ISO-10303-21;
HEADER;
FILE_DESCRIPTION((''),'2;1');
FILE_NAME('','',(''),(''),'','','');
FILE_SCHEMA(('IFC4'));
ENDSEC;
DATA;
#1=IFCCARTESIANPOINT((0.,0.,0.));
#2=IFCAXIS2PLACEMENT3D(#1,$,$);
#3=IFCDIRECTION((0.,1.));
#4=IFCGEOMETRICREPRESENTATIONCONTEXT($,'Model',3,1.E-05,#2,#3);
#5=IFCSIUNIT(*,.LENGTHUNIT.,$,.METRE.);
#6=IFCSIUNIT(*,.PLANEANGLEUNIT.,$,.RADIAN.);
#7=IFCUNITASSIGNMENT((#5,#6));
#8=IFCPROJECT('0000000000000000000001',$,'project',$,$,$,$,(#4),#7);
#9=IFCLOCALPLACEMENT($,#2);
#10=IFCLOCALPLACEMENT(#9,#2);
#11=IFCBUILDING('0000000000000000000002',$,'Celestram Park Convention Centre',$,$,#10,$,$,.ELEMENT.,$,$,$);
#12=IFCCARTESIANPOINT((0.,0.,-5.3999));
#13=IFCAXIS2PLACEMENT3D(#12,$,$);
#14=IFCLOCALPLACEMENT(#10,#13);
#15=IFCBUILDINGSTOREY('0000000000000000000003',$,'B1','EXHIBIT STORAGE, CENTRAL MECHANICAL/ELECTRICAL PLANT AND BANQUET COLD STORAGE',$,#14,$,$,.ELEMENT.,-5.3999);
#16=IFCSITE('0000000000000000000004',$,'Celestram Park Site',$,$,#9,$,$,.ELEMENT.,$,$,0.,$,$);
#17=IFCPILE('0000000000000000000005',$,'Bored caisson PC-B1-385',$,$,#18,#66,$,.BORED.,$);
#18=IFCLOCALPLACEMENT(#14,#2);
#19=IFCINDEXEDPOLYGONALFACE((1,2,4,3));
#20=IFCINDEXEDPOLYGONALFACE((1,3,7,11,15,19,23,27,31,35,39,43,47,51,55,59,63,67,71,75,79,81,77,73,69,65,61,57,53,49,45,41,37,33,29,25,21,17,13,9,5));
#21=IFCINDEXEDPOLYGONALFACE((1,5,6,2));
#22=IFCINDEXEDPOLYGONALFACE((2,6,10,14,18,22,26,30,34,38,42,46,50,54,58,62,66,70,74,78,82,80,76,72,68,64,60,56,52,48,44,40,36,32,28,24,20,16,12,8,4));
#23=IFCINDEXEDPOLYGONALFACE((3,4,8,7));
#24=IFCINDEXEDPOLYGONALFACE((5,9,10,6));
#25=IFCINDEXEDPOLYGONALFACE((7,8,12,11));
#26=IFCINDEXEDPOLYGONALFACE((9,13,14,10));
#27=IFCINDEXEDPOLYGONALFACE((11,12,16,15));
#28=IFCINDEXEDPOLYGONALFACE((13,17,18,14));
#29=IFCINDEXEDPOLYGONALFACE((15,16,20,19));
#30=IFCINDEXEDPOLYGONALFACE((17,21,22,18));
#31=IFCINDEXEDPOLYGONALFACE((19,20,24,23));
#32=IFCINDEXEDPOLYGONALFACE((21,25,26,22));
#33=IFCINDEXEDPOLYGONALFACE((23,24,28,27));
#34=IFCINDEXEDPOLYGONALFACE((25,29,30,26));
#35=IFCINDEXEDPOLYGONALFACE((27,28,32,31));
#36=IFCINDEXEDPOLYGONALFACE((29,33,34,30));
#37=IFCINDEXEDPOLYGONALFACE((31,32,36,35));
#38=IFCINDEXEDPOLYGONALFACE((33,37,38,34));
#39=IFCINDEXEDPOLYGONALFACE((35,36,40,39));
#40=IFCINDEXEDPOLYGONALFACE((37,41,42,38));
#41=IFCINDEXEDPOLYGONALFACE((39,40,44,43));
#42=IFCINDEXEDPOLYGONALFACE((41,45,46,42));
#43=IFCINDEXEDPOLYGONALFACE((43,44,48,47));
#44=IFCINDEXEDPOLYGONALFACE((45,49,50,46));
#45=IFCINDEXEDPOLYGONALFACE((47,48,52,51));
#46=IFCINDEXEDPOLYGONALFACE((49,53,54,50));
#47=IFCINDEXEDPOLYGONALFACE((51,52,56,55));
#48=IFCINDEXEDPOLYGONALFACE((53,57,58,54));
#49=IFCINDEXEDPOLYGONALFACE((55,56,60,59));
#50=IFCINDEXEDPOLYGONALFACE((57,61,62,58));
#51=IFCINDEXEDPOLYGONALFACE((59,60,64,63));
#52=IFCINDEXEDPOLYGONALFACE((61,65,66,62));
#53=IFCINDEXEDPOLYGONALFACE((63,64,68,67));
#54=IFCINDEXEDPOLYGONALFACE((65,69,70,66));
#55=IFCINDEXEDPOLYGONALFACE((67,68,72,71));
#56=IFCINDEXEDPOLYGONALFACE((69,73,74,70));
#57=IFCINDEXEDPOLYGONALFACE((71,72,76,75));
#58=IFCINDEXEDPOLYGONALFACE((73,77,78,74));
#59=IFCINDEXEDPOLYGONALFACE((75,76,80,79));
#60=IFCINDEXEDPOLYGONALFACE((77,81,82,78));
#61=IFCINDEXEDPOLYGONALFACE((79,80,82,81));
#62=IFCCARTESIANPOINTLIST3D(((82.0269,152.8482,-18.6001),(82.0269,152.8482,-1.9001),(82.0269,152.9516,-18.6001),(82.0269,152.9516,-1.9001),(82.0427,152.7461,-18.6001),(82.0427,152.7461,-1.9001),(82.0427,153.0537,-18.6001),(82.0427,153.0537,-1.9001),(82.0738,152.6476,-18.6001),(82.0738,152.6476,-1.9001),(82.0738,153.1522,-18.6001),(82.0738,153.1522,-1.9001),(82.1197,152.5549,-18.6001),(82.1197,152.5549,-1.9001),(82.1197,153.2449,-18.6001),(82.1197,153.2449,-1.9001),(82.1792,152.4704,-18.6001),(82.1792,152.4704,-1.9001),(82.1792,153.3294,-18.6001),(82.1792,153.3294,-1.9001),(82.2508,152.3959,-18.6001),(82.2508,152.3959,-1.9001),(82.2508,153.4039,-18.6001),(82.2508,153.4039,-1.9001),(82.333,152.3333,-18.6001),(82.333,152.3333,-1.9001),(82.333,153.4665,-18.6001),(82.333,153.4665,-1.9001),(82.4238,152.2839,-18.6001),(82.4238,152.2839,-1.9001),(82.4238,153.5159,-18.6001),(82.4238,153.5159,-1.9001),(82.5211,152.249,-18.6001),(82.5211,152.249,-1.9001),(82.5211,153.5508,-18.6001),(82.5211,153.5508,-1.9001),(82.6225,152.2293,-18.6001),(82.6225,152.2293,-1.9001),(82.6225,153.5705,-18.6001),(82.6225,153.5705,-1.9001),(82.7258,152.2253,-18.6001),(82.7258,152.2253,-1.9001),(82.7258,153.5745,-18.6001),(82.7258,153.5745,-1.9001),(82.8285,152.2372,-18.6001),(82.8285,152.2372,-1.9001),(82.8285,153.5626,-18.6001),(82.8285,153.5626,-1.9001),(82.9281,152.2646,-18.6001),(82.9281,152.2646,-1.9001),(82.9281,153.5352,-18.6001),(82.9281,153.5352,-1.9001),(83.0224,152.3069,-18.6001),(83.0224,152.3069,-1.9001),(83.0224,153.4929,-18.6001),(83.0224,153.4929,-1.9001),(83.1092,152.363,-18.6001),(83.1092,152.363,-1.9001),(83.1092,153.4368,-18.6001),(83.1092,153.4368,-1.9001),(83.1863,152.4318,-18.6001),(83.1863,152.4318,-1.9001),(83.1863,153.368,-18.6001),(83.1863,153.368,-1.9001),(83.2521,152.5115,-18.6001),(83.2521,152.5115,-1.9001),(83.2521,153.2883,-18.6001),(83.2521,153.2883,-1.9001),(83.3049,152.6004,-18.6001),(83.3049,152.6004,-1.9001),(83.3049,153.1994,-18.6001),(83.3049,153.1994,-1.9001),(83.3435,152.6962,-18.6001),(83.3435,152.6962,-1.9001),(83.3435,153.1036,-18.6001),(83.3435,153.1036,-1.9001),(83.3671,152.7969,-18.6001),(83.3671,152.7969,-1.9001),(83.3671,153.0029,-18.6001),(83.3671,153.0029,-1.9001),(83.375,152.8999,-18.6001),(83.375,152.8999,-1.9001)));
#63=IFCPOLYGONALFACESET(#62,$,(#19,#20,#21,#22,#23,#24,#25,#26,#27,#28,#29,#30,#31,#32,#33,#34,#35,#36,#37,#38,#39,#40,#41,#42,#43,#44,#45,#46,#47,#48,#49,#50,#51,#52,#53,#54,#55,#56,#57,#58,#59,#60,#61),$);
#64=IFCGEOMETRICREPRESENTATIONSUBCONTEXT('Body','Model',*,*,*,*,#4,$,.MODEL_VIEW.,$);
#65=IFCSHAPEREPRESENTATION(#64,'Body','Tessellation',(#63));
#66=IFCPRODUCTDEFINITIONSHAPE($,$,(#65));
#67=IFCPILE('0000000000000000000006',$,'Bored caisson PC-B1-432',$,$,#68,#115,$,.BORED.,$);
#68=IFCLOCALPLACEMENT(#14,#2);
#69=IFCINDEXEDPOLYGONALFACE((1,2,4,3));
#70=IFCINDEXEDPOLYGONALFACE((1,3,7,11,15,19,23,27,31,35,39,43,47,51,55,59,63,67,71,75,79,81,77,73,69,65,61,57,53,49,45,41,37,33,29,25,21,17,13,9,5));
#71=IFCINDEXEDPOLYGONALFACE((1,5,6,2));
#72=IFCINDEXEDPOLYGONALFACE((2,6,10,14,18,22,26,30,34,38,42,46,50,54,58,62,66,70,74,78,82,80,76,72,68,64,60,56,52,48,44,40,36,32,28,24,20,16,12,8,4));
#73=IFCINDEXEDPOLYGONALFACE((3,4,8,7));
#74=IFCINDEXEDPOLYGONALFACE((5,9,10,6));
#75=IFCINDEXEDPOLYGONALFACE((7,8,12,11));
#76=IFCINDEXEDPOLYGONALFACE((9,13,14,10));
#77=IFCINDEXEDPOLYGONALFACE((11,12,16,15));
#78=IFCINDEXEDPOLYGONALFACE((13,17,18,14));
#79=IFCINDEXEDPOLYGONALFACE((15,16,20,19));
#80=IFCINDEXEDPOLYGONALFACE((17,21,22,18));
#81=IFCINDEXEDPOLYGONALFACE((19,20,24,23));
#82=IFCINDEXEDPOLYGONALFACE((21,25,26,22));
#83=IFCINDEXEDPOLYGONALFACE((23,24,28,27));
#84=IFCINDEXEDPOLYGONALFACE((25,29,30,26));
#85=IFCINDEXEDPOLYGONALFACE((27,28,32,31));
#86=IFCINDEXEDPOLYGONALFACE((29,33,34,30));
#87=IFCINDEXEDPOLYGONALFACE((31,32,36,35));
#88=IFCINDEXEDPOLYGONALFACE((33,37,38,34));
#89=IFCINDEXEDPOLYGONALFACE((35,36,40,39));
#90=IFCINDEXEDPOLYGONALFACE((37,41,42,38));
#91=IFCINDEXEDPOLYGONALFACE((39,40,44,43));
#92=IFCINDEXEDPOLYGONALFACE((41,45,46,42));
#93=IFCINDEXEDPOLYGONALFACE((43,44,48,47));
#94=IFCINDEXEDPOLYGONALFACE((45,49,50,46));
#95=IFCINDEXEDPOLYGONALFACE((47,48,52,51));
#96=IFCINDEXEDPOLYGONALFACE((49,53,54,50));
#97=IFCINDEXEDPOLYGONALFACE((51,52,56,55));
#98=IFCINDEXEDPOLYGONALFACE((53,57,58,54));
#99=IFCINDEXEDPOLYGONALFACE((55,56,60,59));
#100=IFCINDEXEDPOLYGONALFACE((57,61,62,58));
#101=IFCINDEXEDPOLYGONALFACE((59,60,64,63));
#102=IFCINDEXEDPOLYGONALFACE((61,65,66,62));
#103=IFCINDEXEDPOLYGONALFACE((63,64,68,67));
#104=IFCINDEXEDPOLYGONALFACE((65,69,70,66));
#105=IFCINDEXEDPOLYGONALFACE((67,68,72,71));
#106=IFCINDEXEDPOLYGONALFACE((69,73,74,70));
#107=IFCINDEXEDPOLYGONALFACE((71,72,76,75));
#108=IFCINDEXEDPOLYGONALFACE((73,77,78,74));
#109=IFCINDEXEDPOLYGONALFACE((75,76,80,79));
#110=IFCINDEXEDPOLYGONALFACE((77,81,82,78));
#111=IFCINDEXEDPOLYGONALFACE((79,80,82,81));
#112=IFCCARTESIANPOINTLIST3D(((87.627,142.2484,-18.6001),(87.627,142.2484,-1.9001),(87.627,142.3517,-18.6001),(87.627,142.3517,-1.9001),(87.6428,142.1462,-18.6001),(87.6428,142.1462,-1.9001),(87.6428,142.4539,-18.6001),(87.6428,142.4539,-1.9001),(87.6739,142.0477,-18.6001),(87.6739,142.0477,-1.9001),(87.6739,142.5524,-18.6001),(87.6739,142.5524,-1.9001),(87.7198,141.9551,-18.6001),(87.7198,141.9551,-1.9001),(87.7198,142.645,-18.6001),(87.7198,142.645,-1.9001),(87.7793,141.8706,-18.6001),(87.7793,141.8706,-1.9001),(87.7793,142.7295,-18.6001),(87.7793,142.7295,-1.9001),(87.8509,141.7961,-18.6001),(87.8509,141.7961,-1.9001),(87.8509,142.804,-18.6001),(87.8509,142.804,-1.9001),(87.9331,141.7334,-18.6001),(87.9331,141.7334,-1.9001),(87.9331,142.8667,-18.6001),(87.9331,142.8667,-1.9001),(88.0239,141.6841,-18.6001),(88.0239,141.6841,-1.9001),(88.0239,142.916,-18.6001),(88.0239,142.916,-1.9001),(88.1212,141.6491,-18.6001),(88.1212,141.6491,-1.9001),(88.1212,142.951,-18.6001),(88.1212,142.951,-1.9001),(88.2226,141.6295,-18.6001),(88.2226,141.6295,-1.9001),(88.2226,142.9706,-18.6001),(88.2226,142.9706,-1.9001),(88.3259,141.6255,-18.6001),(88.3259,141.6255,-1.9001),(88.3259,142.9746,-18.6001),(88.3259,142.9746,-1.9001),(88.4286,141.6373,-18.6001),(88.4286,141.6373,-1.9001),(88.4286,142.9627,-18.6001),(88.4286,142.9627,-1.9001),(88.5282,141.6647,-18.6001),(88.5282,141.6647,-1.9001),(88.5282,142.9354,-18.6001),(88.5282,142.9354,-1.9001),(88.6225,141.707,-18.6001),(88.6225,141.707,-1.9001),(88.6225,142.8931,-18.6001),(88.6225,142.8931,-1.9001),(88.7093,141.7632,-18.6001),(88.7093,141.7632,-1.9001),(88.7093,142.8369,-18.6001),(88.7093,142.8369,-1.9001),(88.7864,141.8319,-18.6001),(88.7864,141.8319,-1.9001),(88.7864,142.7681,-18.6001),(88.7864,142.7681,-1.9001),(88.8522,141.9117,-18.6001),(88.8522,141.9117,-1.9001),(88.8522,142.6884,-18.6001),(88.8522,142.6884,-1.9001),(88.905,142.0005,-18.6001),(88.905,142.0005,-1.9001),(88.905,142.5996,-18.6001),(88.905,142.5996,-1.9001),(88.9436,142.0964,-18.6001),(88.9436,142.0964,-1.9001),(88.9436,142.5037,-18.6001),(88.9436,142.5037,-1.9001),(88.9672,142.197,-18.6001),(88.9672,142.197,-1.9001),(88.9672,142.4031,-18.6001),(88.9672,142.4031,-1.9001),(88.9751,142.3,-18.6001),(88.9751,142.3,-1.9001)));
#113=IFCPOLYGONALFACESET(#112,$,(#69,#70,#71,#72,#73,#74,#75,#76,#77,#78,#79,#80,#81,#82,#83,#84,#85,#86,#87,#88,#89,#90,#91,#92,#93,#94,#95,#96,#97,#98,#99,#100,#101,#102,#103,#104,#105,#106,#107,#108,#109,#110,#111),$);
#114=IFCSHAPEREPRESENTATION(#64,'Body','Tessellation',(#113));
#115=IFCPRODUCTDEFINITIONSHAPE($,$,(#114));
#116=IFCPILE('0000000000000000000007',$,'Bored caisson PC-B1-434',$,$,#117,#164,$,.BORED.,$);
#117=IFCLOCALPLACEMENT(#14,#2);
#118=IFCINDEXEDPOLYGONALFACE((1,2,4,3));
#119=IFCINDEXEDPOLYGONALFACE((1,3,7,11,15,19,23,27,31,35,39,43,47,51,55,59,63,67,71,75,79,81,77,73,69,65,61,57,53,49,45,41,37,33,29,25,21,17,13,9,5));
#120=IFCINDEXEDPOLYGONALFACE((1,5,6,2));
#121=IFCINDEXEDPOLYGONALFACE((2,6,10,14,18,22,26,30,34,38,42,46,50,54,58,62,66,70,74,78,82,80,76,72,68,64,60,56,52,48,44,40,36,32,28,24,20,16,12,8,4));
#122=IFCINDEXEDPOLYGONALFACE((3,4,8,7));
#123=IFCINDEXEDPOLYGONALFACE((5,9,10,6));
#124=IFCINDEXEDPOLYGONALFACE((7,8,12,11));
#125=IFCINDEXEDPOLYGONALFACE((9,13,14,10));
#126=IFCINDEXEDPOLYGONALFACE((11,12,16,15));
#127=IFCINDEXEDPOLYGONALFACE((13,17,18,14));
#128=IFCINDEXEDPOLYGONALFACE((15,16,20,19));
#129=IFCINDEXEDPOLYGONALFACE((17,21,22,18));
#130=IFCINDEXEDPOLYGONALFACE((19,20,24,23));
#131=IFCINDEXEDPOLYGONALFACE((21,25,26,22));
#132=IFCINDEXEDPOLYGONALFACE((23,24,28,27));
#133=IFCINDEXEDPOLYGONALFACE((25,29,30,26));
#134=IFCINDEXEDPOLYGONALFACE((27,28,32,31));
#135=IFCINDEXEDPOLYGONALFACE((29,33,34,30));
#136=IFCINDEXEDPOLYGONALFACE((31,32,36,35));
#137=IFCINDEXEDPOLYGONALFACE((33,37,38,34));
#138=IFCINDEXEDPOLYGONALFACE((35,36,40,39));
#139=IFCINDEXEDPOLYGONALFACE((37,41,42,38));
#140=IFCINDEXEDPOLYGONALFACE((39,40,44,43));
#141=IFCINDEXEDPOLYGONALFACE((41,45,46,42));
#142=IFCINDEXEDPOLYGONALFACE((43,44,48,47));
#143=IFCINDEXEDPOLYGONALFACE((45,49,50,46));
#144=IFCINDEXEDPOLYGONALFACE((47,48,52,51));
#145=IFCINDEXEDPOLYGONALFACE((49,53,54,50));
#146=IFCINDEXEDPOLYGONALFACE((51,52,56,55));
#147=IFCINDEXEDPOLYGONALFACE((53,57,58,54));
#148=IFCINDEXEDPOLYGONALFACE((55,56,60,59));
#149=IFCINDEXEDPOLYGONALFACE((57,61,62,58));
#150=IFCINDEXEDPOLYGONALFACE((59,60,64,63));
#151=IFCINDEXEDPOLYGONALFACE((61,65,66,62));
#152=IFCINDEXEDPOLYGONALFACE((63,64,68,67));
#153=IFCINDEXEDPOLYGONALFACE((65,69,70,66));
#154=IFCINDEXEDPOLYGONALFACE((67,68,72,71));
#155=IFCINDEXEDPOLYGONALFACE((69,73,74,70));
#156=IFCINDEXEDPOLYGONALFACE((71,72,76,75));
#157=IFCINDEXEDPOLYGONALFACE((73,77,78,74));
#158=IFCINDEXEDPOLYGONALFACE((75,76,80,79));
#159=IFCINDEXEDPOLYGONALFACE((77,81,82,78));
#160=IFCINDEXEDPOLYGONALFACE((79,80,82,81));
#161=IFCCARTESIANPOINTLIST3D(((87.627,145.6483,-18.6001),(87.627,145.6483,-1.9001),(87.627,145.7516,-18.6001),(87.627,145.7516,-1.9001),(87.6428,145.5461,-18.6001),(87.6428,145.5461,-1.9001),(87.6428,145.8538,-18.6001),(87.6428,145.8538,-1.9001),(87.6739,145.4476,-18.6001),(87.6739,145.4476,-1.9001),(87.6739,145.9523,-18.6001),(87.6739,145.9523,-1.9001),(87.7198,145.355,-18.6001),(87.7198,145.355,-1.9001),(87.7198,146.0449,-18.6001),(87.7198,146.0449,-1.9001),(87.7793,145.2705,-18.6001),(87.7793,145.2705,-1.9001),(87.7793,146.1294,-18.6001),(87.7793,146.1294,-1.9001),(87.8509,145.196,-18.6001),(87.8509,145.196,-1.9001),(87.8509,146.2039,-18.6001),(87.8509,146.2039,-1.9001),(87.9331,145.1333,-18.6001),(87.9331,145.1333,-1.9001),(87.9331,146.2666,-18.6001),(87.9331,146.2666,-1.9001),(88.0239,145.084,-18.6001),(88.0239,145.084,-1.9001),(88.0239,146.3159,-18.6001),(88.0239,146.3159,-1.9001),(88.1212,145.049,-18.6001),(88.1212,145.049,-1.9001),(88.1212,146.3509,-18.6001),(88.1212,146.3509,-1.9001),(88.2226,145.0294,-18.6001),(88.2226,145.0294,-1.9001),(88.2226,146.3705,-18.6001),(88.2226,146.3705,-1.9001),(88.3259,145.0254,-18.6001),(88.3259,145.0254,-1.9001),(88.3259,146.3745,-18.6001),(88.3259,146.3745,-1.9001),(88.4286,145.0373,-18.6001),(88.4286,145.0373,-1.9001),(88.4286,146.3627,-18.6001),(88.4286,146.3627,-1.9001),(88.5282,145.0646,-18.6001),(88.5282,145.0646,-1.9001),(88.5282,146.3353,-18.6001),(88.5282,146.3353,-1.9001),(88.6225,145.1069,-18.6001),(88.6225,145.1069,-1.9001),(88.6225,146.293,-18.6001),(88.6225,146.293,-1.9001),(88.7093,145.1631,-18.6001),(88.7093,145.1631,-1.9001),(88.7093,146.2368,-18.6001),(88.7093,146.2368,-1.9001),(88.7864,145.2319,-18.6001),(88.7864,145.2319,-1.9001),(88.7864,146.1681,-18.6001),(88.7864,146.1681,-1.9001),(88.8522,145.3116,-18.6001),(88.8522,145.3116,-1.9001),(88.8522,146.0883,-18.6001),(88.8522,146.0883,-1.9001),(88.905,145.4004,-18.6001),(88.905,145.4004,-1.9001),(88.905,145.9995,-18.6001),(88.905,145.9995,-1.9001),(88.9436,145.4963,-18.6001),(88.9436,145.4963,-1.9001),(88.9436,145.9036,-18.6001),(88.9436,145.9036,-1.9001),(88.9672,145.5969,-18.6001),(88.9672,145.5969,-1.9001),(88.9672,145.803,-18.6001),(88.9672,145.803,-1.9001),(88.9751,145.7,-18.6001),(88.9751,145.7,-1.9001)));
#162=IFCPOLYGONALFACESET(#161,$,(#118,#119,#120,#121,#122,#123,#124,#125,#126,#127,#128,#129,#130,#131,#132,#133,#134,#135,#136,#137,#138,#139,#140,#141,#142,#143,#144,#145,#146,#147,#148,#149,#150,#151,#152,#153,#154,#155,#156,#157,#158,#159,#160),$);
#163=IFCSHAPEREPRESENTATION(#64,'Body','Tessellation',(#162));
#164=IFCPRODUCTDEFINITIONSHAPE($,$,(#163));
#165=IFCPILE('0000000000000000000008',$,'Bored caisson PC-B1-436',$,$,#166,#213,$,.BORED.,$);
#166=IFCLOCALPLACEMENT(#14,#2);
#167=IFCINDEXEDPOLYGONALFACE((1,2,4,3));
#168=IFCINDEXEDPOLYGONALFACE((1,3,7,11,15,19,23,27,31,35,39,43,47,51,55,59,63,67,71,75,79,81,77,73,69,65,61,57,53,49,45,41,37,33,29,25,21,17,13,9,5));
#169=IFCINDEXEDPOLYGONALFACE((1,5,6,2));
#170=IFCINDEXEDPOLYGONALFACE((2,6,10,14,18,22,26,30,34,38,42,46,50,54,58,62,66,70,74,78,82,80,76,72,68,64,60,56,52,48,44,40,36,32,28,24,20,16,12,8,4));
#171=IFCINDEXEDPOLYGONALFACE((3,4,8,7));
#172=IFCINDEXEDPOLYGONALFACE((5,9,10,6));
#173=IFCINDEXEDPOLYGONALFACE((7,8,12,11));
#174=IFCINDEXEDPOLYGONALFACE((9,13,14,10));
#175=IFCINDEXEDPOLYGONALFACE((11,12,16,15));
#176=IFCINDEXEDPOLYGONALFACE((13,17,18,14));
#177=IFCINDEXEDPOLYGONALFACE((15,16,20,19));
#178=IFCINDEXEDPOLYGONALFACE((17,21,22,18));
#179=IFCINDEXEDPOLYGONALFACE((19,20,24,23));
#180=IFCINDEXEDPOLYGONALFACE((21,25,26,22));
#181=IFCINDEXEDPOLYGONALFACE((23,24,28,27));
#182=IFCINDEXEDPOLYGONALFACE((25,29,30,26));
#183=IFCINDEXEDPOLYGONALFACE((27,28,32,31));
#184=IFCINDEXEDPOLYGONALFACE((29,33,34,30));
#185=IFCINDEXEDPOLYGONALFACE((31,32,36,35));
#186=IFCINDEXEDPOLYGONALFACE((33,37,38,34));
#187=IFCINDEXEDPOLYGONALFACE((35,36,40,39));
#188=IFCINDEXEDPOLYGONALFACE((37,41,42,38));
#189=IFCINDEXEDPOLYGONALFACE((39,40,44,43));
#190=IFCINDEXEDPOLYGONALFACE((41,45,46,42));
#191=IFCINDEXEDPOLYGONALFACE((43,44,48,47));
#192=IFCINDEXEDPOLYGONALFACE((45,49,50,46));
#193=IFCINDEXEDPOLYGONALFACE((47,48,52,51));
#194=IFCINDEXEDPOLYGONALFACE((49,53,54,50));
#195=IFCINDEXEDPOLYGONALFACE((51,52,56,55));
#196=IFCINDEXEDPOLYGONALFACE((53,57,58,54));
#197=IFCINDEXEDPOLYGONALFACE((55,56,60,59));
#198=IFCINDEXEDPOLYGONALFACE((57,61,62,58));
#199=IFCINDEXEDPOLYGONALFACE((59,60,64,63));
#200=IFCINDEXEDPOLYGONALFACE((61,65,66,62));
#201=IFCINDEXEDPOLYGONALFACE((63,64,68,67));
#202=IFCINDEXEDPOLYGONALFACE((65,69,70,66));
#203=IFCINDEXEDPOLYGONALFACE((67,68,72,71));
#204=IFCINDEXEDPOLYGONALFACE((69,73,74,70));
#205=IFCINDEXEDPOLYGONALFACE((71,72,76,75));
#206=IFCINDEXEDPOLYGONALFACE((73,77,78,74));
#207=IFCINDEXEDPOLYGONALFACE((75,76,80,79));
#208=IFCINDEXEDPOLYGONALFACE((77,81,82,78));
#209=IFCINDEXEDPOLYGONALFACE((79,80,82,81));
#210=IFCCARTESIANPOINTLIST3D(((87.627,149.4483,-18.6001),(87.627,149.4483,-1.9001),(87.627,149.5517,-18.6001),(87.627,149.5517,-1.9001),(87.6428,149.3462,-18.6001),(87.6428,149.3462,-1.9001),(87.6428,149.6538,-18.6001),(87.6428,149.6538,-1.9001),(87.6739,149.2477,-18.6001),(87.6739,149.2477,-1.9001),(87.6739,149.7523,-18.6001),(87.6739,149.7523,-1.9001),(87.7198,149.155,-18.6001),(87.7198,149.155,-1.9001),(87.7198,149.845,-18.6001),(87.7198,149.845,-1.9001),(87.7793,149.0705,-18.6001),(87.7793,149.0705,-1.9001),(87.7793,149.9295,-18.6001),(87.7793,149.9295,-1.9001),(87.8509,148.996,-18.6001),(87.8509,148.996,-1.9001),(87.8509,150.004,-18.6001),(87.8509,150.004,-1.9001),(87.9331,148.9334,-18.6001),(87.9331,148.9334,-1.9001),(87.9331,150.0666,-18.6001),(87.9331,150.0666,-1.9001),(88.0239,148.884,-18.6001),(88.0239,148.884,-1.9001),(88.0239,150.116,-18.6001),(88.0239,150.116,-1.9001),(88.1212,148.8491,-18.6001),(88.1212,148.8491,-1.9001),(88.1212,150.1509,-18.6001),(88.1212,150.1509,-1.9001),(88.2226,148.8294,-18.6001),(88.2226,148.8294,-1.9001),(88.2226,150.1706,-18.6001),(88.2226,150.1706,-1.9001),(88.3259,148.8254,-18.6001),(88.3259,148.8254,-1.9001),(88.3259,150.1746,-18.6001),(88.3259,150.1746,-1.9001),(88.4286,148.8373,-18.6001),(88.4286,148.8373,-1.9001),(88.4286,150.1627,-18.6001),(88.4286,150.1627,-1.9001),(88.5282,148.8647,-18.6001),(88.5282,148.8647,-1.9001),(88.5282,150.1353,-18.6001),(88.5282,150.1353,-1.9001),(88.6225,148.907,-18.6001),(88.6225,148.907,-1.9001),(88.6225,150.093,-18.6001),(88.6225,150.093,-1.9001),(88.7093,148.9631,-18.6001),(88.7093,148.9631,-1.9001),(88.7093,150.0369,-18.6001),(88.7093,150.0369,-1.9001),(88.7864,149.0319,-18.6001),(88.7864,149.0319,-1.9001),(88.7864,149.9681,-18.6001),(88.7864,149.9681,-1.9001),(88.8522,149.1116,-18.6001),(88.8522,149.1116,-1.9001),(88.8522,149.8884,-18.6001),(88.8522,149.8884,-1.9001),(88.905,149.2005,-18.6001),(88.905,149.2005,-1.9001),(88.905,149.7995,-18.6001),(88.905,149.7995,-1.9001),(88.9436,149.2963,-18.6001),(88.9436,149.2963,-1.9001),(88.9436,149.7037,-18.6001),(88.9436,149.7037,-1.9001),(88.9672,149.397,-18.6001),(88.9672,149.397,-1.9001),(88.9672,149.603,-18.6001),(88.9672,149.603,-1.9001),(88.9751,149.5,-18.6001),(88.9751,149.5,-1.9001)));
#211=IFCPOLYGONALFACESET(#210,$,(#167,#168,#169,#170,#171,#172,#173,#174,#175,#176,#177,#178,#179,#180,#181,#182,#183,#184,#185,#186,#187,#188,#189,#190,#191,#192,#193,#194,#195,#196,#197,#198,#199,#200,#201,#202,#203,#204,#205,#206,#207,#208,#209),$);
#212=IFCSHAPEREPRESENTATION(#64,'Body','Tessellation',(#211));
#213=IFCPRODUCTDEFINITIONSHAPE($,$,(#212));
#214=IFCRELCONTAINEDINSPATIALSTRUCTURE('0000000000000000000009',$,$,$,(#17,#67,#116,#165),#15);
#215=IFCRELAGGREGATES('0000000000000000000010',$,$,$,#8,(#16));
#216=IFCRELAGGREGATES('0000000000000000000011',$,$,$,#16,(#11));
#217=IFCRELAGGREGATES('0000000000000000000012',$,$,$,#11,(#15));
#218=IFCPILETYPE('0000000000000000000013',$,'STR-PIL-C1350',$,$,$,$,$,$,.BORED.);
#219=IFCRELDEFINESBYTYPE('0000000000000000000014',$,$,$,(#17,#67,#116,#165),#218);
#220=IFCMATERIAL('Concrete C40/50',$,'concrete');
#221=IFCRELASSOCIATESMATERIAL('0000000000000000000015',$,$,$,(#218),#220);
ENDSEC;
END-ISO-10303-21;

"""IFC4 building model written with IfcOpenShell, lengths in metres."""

from ifc_helpers import new_model, si_unit, direction, frame, origin, origin_2d, place, context, subcontext, project, spatial, circle, extrude, material, material_profile, profile_set, type_object, element, save


model = new_model("IFC4")

# Units and contexts
model_context = context("Model", 3, precision=1e-05, world=origin(), true_north=direction((0.0, 1.0)))
body_context = subcontext(model_context, "Body", "Model", "MODEL_VIEW")
ifc_project = project(units=[si_unit("LENGTHUNIT", "METRE"), si_unit("PLANEANGLEUNIT", "RADIAN")], contexts=[model_context])

# Site, building, storey
site_placement = place(None, origin())
site = spatial("IfcSite", under=ifc_project, at=site_placement, Name="Celestram Park Site", CompositionType="ELEMENT", RefElevation=0.0)
building_placement = place(site_placement, origin())
building = spatial("IfcBuilding", under=site, at=building_placement, Name="Celestram Park Convention Centre", CompositionType="ELEMENT")
storey_placement = place(building_placement, frame((0.0, 0.0, -5.3999)))
storey = spatial("IfcBuildingStorey", under=building, at=storey_placement, Name="B1", Description="EXHIBIT STORAGE, CENTRAL MECHANICAL/ELECTRICAL PLANT AND BANQUET COLD STORAGE", CompositionType="ELEMENT", Elevation=-5.3999)

# Shared definitions
ifc_material_1 = material(Name="Concrete C40/50", Category="concrete")

# Piles
ifc_material_profile_1 = material_profile(ifc_material_1, circle(Radius=0.675, at=origin_2d()), Name="CAISSON1350")
ifc_profile_set_1 = profile_set([ifc_material_profile_1], Name="Concrete C40/50")
pile_type = type_object("IfcPileType", Name="STR-PIL-C1350", PredefinedType="BORED", material=ifc_profile_set_1)
for number, where, z_axis, x_axis, name in (
    (1, (82.7, 152.8999, -1.9001), (0.0, 0.0, -1.0), (1.0, 0.0, 0.0), "Bored caisson PC-B1-385"),
    (2, (88.3, 142.3, -1.9001), (0.0, 0.0, -1.0), (1.0, 0.0, 0.0), "Bored caisson PC-B1-432"),
    (3, (88.3, 145.7, -1.9001), (0.0, 0.0, -1.0), (1.0, 0.0, 0.0), "Bored caisson PC-B1-434"),
    (4, (88.3, 149.5, -1.9001), (0.0, 0.0, -1.0), (1.0, 0.0, 0.0), "Bored caisson PC-B1-436"),
):
    element("IfcPile", number, at=place(storey_placement, frame(where, z_axis=z_axis, x_axis=x_axis)), inside=storey, type_object=pile_type, Name=name, PredefinedType="BORED", context=body_context, shape_type="SweptSolid", body=[
        extrude(circle(Radius=0.675, at=origin_2d()), origin(), (0.0, 0.0, 1.0), 16.7),
    ])

save(model, "model.ifc")
